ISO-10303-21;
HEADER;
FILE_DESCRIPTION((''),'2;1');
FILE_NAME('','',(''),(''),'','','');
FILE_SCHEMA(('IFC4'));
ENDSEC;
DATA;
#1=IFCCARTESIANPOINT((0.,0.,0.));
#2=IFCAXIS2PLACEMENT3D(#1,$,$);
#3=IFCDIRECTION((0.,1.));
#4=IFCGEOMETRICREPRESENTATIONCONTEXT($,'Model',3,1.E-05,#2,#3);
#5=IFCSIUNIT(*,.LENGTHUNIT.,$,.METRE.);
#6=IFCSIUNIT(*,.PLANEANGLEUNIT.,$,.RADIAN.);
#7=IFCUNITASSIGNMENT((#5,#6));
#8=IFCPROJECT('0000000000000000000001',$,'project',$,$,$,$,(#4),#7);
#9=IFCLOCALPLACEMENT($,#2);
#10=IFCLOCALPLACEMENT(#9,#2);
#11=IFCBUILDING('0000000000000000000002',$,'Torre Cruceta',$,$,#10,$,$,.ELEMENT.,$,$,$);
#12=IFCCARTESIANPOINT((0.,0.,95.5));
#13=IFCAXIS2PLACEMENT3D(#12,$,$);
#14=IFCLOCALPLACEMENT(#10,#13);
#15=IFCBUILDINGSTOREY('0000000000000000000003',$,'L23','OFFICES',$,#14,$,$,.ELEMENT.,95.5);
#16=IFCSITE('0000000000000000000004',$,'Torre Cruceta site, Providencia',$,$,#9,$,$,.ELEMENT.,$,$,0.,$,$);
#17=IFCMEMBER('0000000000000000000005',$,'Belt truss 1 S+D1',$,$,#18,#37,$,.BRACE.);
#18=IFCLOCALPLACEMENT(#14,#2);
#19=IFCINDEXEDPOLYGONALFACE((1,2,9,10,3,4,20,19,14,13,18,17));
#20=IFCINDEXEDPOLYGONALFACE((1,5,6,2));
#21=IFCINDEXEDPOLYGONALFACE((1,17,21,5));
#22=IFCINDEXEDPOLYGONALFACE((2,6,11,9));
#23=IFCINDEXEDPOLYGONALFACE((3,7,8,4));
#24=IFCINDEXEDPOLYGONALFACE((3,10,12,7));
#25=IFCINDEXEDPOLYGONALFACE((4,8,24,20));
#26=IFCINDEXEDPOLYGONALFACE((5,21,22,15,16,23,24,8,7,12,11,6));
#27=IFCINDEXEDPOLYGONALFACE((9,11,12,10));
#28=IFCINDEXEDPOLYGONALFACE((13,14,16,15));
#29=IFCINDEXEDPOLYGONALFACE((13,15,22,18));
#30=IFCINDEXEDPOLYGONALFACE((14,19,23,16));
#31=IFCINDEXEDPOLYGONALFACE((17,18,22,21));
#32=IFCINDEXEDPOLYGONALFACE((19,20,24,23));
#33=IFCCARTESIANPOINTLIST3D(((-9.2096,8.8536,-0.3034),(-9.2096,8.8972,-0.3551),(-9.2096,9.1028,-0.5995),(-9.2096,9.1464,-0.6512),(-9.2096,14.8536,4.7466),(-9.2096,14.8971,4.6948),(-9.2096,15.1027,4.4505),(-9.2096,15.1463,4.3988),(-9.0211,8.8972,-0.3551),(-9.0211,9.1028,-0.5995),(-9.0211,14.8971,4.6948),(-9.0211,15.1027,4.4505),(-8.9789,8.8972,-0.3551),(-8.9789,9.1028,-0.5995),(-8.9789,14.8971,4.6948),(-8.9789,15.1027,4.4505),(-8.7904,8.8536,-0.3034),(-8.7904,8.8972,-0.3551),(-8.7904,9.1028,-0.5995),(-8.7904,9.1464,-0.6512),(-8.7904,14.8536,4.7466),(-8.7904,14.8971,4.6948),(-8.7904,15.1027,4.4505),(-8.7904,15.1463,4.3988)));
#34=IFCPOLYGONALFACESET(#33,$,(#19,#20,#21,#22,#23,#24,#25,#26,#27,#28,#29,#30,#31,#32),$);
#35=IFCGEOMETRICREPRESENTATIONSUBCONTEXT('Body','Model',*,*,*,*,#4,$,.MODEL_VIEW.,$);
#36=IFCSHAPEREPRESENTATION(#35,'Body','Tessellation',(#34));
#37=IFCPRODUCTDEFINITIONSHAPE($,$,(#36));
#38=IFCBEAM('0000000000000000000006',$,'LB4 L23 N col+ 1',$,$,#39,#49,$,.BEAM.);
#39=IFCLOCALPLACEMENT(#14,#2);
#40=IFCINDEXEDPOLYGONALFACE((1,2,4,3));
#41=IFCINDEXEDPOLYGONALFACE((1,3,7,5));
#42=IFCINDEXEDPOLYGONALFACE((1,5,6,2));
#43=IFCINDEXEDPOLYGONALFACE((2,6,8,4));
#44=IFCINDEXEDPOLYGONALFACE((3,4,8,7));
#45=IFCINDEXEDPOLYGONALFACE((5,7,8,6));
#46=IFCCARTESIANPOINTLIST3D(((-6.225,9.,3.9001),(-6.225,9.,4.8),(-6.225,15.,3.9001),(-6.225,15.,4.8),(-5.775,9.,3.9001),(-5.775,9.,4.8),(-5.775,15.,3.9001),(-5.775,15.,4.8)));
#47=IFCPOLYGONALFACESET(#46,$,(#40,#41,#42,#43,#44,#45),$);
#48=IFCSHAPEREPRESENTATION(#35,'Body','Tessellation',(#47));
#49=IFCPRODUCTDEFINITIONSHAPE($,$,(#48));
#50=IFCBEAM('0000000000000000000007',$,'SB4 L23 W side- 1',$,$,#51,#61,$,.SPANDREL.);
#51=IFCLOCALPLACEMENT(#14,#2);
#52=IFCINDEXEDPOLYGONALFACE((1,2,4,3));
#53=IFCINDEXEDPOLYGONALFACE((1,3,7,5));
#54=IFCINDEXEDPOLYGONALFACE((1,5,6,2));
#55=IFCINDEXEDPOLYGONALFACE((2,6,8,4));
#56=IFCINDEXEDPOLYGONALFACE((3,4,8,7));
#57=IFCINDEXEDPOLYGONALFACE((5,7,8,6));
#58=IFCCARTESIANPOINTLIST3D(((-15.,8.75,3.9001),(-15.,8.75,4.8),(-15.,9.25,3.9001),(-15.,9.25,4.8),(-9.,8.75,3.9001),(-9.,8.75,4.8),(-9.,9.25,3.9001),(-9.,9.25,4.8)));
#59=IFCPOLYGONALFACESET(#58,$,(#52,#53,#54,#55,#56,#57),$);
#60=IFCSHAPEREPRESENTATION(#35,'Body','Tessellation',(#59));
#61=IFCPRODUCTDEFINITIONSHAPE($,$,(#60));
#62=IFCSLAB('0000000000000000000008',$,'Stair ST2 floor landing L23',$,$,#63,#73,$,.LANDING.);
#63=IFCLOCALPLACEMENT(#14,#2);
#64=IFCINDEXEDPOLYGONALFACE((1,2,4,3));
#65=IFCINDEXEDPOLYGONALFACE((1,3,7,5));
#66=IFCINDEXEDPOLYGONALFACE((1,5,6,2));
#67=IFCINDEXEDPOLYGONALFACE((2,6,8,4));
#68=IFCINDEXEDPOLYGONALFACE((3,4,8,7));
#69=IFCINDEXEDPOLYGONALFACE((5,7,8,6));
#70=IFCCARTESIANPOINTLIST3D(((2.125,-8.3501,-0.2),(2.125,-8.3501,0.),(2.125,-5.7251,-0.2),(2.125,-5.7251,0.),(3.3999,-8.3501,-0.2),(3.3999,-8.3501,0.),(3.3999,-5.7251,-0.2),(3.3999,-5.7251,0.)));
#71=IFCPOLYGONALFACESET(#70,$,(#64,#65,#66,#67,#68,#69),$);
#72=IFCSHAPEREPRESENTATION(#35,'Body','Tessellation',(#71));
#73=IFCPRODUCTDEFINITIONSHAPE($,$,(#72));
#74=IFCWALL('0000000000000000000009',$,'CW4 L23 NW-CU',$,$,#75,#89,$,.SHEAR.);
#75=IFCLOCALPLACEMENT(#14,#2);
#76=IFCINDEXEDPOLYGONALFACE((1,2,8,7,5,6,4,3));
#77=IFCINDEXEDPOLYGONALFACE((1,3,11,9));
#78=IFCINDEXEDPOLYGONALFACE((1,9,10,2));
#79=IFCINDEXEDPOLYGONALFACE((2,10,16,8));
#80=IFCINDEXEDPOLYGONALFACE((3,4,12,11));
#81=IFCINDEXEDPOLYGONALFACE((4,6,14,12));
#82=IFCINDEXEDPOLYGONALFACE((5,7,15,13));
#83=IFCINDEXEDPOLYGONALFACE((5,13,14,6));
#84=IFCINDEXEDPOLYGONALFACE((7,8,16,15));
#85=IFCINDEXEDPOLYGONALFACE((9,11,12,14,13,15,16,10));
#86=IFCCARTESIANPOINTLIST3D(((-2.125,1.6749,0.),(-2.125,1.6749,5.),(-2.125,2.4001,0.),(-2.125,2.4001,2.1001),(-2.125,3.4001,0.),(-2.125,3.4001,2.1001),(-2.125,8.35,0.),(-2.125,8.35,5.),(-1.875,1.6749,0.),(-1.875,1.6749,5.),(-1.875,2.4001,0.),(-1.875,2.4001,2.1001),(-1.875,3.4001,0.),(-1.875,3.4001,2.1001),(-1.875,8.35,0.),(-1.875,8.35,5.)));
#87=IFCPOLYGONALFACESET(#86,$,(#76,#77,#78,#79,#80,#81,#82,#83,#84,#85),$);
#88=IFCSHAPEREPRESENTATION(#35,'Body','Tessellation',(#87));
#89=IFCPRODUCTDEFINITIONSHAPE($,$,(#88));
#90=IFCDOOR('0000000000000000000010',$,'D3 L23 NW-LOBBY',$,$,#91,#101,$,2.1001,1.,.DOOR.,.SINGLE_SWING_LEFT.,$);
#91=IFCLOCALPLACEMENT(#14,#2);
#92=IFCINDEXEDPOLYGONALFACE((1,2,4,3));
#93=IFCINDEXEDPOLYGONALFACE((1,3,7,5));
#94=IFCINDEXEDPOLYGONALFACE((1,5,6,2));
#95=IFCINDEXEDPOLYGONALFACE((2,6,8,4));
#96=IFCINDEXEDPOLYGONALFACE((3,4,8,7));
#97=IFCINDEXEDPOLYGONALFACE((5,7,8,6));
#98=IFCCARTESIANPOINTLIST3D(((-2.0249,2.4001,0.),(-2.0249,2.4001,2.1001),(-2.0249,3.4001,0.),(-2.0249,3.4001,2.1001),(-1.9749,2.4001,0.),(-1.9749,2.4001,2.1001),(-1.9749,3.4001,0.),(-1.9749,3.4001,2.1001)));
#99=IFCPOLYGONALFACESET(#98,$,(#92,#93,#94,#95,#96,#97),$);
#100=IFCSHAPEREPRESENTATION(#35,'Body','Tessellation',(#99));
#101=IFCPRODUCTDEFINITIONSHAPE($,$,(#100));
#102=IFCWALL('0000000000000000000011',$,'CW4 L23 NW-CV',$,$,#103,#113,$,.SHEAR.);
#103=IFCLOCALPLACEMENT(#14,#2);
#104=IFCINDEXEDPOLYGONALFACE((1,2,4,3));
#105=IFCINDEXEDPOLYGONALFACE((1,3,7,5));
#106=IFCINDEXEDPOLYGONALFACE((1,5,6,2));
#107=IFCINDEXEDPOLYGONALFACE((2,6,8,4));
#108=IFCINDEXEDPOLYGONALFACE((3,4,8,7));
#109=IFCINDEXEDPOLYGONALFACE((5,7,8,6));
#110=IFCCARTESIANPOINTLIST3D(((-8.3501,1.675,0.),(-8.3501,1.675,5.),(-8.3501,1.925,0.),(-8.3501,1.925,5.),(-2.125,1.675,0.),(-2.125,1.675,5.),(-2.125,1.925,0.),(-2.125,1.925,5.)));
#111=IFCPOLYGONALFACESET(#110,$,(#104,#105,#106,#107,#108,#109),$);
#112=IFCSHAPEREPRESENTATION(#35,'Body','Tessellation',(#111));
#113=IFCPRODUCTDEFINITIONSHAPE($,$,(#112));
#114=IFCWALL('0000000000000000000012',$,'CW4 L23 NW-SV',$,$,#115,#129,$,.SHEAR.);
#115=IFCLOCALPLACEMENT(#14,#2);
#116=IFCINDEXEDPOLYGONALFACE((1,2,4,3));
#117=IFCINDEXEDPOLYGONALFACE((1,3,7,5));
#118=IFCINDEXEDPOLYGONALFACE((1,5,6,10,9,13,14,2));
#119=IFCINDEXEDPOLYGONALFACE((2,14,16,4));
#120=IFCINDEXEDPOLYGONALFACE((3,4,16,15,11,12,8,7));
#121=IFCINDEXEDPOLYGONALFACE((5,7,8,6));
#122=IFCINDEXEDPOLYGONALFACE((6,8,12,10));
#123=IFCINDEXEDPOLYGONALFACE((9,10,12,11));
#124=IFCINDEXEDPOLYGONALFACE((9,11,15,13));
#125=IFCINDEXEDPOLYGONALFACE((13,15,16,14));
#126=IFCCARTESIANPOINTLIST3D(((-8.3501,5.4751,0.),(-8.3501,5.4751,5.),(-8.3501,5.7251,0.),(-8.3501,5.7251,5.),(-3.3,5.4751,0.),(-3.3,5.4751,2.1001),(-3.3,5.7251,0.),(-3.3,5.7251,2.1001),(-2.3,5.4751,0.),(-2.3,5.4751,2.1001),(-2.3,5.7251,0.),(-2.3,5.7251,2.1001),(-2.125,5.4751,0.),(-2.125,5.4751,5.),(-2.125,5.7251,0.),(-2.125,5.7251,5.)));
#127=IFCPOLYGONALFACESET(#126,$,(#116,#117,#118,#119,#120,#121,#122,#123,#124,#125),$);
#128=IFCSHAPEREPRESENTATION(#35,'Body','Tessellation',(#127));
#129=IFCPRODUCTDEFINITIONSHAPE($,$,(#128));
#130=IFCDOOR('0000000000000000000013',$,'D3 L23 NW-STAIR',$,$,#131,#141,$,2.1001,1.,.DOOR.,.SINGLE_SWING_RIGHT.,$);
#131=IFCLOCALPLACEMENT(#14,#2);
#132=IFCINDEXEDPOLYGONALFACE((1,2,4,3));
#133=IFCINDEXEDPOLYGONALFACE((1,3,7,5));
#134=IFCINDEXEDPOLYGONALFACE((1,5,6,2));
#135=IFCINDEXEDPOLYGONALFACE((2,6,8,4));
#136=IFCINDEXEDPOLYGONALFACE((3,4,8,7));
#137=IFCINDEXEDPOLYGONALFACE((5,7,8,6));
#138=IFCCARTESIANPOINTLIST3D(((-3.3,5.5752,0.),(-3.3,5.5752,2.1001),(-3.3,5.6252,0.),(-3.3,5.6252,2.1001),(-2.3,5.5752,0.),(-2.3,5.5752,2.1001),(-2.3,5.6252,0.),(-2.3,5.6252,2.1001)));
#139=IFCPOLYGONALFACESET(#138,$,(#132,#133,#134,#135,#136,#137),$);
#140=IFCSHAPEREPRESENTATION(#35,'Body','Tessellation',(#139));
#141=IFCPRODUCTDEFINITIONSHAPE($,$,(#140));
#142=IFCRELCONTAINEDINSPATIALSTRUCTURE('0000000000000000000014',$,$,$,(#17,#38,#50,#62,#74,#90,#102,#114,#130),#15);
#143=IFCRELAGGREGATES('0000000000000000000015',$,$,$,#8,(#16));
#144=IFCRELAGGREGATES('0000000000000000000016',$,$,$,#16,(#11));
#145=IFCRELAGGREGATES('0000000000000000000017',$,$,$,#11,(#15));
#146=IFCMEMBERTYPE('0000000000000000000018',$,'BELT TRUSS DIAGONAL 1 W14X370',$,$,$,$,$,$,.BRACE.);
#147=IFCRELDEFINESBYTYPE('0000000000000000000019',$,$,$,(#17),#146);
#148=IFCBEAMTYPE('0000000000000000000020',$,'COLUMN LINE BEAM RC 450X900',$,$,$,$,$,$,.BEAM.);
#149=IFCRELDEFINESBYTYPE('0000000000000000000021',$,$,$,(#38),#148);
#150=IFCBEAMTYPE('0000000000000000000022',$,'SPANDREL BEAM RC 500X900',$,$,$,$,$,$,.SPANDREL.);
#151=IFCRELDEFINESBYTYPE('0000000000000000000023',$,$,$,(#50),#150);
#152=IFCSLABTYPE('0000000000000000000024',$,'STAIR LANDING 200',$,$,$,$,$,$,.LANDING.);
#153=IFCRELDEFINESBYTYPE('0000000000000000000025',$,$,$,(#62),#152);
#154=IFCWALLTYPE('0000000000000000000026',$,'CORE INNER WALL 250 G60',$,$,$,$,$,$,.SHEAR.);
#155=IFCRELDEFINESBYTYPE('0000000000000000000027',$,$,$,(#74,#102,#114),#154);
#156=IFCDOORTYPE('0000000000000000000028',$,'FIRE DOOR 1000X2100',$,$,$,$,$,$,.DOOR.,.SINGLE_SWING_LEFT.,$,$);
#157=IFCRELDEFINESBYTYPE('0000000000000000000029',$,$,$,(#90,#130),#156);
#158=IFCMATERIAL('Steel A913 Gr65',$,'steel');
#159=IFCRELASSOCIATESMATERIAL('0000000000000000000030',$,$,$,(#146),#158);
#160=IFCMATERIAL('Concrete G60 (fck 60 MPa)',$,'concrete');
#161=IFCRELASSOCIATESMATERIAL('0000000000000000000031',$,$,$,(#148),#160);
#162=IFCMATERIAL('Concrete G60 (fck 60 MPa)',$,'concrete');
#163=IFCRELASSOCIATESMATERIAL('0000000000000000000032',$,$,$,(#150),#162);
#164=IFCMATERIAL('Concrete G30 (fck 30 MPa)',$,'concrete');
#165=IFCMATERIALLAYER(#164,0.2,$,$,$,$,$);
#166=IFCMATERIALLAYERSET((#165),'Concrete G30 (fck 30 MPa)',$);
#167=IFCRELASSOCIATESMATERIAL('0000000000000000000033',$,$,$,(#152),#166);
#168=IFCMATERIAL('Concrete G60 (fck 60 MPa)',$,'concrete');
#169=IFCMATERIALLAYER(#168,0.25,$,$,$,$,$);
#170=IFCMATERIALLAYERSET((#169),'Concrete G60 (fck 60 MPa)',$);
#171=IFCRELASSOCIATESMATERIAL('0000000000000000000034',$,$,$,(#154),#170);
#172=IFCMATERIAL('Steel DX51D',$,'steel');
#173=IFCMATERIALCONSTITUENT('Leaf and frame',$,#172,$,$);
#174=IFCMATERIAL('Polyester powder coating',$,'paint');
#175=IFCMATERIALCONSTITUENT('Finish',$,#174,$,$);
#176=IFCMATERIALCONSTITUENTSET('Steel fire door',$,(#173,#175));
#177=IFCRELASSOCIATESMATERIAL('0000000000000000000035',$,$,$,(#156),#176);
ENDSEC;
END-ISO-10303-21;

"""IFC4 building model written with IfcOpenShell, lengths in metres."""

from ifc_helpers import new_model, si_unit, direction, frame, frame_2d, origin, origin_2d, place, context, subcontext, project, spatial, polyline, rectangle, i_section, outline, extrude, material, layer, layer_set, constituent, constituent_set, material_profile, profile_set, type_object, element, fill, save


model = new_model("IFC4")

# Units and contexts
model_context = context("Model", 3, precision=1e-05, world=origin(), true_north=direction((0.0, 1.0)))
body_context = subcontext(model_context, "Body", "Model", "MODEL_VIEW")
ifc_project = project(units=[si_unit("LENGTHUNIT", "METRE"), si_unit("PLANEANGLEUNIT", "RADIAN")], contexts=[model_context])

# Site, building, storey
site_placement = place(None, origin())
site = spatial("IfcSite", under=ifc_project, at=site_placement, Name="Torre Cruceta site, Providencia", CompositionType="ELEMENT", RefElevation=0.0)
building_placement = place(site_placement, origin())
building = spatial("IfcBuilding", under=site, at=building_placement, Name="Torre Cruceta", CompositionType="ELEMENT")
storey_placement = place(building_placement, frame((0.0, 0.0, 95.5)))
storey = spatial("IfcBuildingStorey", under=building, at=storey_placement, Name="L23", Description="OFFICES", CompositionType="ELEMENT", Elevation=95.5)

# Member
ifc_material_1 = material(Name="Steel A913 Gr65", Category="steel")
ifc_material_profile_1 = material_profile(ifc_material_1, i_section(OverallWidth=0.4192, OverallDepth=0.4546, WebThickness=0.0422, FlangeThickness=0.0676, at=origin_2d()), Name="W14X370")
ifc_profile_set_1 = profile_set([ifc_material_profile_1], Name="Steel A913 Gr65")
member_type = type_object("IfcMemberType", Name="BELT TRUSS DIAGONAL 1 W14X370", PredefinedType="BRACE", material=ifc_profile_set_1)
member_placement = place(storey_placement, frame((-9.0, 9.0, -0.4773), z_axis=(0.0, 0.765073, 0.643943), x_axis=(-1.0, 0.0, 0.0)))
element("IfcMember", 1, at=member_placement, inside=storey, type_object=member_type, Name="Belt truss 1 S+D1", PredefinedType="BRACE", context=body_context, shape_type="SweptSolid", body=[
    extrude(i_section(OverallWidth=0.4192, OverallDepth=0.4546, WebThickness=0.0422, FlangeThickness=0.0676, at=origin_2d()), origin(), (0.0, 0.0, 1.0), 7.8423),
])

# Beams
ifc_material_2 = material(Name="Concrete G60 (fck 60 MPa)", Category="concrete")
ifc_material_profile_2 = material_profile(ifc_material_2, rectangle(XDim=0.45, YDim=0.8999, at=origin_2d()), Name="RC 450X900")
ifc_profile_set_2 = profile_set([ifc_material_profile_2], Name="Concrete G60 (fck 60 MPa)")
beam_type_1 = type_object("IfcBeamType", Name="COLUMN LINE BEAM RC 450X900", PredefinedType="BEAM", material=ifc_profile_set_2)
beam_1_placement = place(storey_placement, frame((-6.0, 9.0, 4.3501), z_axis=(0.0, 1.0, 0.0), x_axis=(-1.0, 0.0, 0.0)))
element("IfcBeam", 2, at=beam_1_placement, inside=storey, type_object=beam_type_1, Name="LB4 L23 N col+ 1", PredefinedType="BEAM", context=body_context, shape_type="SweptSolid", body=[
    extrude(rectangle(XDim=0.45, YDim=0.8999, at=origin_2d()), origin(), (0.0, 0.0, 1.0), 6.0),
])
ifc_material_3 = material(Name="Concrete G60 (fck 60 MPa)", Category="concrete")
ifc_material_profile_3 = material_profile(ifc_material_3, rectangle(XDim=0.5, YDim=0.8999, at=origin_2d()), Name="RC 500X900")
ifc_profile_set_3 = profile_set([ifc_material_profile_3], Name="Concrete G60 (fck 60 MPa)")
beam_type_2 = type_object("IfcBeamType", Name="SPANDREL BEAM RC 500X900", PredefinedType="SPANDREL", material=ifc_profile_set_3)
beam_2_placement = place(storey_placement, frame((-9.0, 9.0, 4.3501), z_axis=(-1.0, 0.0, 0.0), x_axis=(0.0, -1.0, 0.0)))
element("IfcBeam", 3, at=beam_2_placement, inside=storey, type_object=beam_type_2, Name="SB4 L23 W side- 1", PredefinedType="SPANDREL", context=body_context, shape_type="SweptSolid", body=[
    extrude(rectangle(XDim=0.5, YDim=0.8999, at=origin_2d()), origin(), (0.0, 0.0, 1.0), 6.0),
])

# Slab
ifc_material_4 = material(Name="Concrete G30 (fck 30 MPa)", Category="concrete")
ifc_layer_1 = layer(ifc_material_4, 0.2)
ifc_layer_set_1 = layer_set([ifc_layer_1], Name="Concrete G30 (fck 30 MPa)")
slab_type = type_object("IfcSlabType", Name="STAIR LANDING 200", PredefinedType="LANDING", material=ifc_layer_set_1)
slab_placement = place(storey_placement, frame((0.0, 0.0, -0.2)))
element("IfcSlab", 4, at=slab_placement, inside=storey, type_object=slab_type, Name="Stair ST2 floor landing L23", PredefinedType="LANDING", context=body_context, shape_type="SweptSolid", body=[
    extrude(outline(polyline([(2.125, -8.3501), (2.125, -5.7251), (3.3999, -5.7251), (3.3999, -8.3501), (2.125, -8.3501)])), origin(), (0.0, 0.0, 1.0), 0.2),
])

# Wall, opening, door
ifc_material_5 = material(Name="Concrete G60 (fck 60 MPa)", Category="concrete")
ifc_layer_2 = layer(ifc_material_5, 0.25)
ifc_layer_set_2 = layer_set([ifc_layer_2], Name="Concrete G60 (fck 60 MPa)")
wall_type_1 = type_object("IfcWallType", Name="CORE INNER WALL 250 G60", PredefinedType="SHEAR", material=ifc_layer_set_2)
wall_1_placement = place(storey_placement, frame((-2.0, 1.675, 0.0), z_axis=(0.0, 0.0, 1.0), x_axis=(0.0, 1.0, 0.0)))
wall_1 = element("IfcWall", 5, at=wall_1_placement, inside=storey, type_object=wall_type_1, Name="CW4 L23 NW-CU", PredefinedType="SHEAR", context=body_context, shape_type="SweptSolid", body=[
    extrude(rectangle(XDim=6.675, YDim=0.25, at=frame_2d((3.3374, 0.0))), origin(), (0.0, 0.0, 1.0), 5.0),
])
opening_1_placement = place(wall_1_placement, frame((0.7251, 0.0, 0.0)))
opening_1 = element("IfcOpeningElement", 6, at=opening_1_placement, cuts=wall_1, PredefinedType="OPENING", context=body_context, shape_type="SweptSolid", body=[
    extrude(rectangle(XDim=1.0, YDim=2.1001, at=frame_2d((0.5, 1.05))), frame((0.0, 0.135, 0.0), z_axis=(0.0, -1.0, 0.0), x_axis=(1.0, 0.0, 0.0)), (0.0, 0.0, 1.0), 0.27),
])
ifc_material_6 = material(Name="Steel DX51D", Category="steel")
ifc_constituent_1 = constituent(ifc_material_6, Name="Leaf and frame")
ifc_material_7 = material(Name="Polyester powder coating", Category="paint")
ifc_constituent_2 = constituent(ifc_material_7, Name="Finish")
ifc_constituent_set_1 = constituent_set(constituents=[ifc_constituent_1, ifc_constituent_2], Name="Steel fire door")
door_type_1 = type_object("IfcDoorType", Name="FIRE DOOR 1000X2100", OperationType="SINGLE_SWING_LEFT", PredefinedType="DOOR", material=ifc_constituent_set_1)
door_1_placement = place(opening_1_placement, origin())
door_1 = element("IfcDoor", 7, at=door_1_placement, inside=storey, type_object=door_type_1, Name="D3 L23 NW-LOBBY", OperationType="SINGLE_SWING_LEFT", OverallHeight=2.1001, OverallWidth=1.0, PredefinedType="DOOR", context=body_context, shape_type="SweptSolid", body=[
    extrude(rectangle(XDim=1.0, YDim=2.1001, at=frame_2d((0.5, 1.05))), frame((0.0, 0.0249, 0.0), z_axis=(0.0, -1.0, 0.0), x_axis=(1.0, 0.0, 0.0)), (0.0, 0.0, 1.0), 0.05),
])
fill(opening_1, door_1)

# Wall
wall_2_placement = place(storey_placement, frame((-2.125, 1.8, 0.0), z_axis=(0.0, 0.0, 1.0), x_axis=(-1.0, 0.0, 0.0)))
element("IfcWall", 8, at=wall_2_placement, inside=storey, type_object=wall_type_1, Name="CW4 L23 NW-CV", PredefinedType="SHEAR", context=body_context, shape_type="SweptSolid", body=[
    extrude(rectangle(XDim=6.2251, YDim=0.25, at=frame_2d((3.1125, 0.0))), origin(), (0.0, 0.0, 1.0), 5.0),
])

# Wall, opening, door
wall_3_placement = place(storey_placement, frame((-2.125, 5.6001, 0.0), z_axis=(0.0, 0.0, 1.0), x_axis=(-1.0, 0.0, 0.0)))
wall_3 = element("IfcWall", 9, at=wall_3_placement, inside=storey, type_object=wall_type_1, Name="CW4 L23 NW-SV", PredefinedType="SHEAR", context=body_context, shape_type="SweptSolid", body=[
    extrude(rectangle(XDim=6.2251, YDim=0.25, at=frame_2d((3.1125, 0.0))), origin(), (0.0, 0.0, 1.0), 5.0),
])
opening_2_placement = place(wall_3_placement, frame((0.175, 0.0, 0.0)))
opening_2 = element("IfcOpeningElement", 10, at=opening_2_placement, cuts=wall_3, PredefinedType="OPENING", context=body_context, shape_type="SweptSolid", body=[
    extrude(rectangle(XDim=1.0, YDim=2.1001, at=frame_2d((0.5, 1.05))), frame((0.0, 0.135, 0.0), z_axis=(0.0, -1.0, 0.0), x_axis=(1.0, 0.0, 0.0)), (0.0, 0.0, 1.0), 0.27),
])
door_2_placement = place(opening_2_placement, frame((1.0, 0.0, 0.0), z_axis=(0.0, 0.0, 1.0), x_axis=(-1.0, 0.0, 0.0)))
door_2 = element("IfcDoor", 11, at=door_2_placement, inside=storey, type_object=door_type_1, Name="D3 L23 NW-STAIR", OperationType="SINGLE_SWING_RIGHT", OverallHeight=2.1001, OverallWidth=1.0, PredefinedType="DOOR", context=body_context, shape_type="SweptSolid", body=[
    extrude(rectangle(XDim=1.0, YDim=2.1001, at=frame_2d((0.5, 1.05))), frame((0.0, 0.0251, 0.0), z_axis=(0.0, -1.0, 0.0), x_axis=(1.0, 0.0, 0.0)), (0.0, 0.0, 1.0), 0.05),
])
fill(opening_2, door_2)

save(model, "model.ifc")
